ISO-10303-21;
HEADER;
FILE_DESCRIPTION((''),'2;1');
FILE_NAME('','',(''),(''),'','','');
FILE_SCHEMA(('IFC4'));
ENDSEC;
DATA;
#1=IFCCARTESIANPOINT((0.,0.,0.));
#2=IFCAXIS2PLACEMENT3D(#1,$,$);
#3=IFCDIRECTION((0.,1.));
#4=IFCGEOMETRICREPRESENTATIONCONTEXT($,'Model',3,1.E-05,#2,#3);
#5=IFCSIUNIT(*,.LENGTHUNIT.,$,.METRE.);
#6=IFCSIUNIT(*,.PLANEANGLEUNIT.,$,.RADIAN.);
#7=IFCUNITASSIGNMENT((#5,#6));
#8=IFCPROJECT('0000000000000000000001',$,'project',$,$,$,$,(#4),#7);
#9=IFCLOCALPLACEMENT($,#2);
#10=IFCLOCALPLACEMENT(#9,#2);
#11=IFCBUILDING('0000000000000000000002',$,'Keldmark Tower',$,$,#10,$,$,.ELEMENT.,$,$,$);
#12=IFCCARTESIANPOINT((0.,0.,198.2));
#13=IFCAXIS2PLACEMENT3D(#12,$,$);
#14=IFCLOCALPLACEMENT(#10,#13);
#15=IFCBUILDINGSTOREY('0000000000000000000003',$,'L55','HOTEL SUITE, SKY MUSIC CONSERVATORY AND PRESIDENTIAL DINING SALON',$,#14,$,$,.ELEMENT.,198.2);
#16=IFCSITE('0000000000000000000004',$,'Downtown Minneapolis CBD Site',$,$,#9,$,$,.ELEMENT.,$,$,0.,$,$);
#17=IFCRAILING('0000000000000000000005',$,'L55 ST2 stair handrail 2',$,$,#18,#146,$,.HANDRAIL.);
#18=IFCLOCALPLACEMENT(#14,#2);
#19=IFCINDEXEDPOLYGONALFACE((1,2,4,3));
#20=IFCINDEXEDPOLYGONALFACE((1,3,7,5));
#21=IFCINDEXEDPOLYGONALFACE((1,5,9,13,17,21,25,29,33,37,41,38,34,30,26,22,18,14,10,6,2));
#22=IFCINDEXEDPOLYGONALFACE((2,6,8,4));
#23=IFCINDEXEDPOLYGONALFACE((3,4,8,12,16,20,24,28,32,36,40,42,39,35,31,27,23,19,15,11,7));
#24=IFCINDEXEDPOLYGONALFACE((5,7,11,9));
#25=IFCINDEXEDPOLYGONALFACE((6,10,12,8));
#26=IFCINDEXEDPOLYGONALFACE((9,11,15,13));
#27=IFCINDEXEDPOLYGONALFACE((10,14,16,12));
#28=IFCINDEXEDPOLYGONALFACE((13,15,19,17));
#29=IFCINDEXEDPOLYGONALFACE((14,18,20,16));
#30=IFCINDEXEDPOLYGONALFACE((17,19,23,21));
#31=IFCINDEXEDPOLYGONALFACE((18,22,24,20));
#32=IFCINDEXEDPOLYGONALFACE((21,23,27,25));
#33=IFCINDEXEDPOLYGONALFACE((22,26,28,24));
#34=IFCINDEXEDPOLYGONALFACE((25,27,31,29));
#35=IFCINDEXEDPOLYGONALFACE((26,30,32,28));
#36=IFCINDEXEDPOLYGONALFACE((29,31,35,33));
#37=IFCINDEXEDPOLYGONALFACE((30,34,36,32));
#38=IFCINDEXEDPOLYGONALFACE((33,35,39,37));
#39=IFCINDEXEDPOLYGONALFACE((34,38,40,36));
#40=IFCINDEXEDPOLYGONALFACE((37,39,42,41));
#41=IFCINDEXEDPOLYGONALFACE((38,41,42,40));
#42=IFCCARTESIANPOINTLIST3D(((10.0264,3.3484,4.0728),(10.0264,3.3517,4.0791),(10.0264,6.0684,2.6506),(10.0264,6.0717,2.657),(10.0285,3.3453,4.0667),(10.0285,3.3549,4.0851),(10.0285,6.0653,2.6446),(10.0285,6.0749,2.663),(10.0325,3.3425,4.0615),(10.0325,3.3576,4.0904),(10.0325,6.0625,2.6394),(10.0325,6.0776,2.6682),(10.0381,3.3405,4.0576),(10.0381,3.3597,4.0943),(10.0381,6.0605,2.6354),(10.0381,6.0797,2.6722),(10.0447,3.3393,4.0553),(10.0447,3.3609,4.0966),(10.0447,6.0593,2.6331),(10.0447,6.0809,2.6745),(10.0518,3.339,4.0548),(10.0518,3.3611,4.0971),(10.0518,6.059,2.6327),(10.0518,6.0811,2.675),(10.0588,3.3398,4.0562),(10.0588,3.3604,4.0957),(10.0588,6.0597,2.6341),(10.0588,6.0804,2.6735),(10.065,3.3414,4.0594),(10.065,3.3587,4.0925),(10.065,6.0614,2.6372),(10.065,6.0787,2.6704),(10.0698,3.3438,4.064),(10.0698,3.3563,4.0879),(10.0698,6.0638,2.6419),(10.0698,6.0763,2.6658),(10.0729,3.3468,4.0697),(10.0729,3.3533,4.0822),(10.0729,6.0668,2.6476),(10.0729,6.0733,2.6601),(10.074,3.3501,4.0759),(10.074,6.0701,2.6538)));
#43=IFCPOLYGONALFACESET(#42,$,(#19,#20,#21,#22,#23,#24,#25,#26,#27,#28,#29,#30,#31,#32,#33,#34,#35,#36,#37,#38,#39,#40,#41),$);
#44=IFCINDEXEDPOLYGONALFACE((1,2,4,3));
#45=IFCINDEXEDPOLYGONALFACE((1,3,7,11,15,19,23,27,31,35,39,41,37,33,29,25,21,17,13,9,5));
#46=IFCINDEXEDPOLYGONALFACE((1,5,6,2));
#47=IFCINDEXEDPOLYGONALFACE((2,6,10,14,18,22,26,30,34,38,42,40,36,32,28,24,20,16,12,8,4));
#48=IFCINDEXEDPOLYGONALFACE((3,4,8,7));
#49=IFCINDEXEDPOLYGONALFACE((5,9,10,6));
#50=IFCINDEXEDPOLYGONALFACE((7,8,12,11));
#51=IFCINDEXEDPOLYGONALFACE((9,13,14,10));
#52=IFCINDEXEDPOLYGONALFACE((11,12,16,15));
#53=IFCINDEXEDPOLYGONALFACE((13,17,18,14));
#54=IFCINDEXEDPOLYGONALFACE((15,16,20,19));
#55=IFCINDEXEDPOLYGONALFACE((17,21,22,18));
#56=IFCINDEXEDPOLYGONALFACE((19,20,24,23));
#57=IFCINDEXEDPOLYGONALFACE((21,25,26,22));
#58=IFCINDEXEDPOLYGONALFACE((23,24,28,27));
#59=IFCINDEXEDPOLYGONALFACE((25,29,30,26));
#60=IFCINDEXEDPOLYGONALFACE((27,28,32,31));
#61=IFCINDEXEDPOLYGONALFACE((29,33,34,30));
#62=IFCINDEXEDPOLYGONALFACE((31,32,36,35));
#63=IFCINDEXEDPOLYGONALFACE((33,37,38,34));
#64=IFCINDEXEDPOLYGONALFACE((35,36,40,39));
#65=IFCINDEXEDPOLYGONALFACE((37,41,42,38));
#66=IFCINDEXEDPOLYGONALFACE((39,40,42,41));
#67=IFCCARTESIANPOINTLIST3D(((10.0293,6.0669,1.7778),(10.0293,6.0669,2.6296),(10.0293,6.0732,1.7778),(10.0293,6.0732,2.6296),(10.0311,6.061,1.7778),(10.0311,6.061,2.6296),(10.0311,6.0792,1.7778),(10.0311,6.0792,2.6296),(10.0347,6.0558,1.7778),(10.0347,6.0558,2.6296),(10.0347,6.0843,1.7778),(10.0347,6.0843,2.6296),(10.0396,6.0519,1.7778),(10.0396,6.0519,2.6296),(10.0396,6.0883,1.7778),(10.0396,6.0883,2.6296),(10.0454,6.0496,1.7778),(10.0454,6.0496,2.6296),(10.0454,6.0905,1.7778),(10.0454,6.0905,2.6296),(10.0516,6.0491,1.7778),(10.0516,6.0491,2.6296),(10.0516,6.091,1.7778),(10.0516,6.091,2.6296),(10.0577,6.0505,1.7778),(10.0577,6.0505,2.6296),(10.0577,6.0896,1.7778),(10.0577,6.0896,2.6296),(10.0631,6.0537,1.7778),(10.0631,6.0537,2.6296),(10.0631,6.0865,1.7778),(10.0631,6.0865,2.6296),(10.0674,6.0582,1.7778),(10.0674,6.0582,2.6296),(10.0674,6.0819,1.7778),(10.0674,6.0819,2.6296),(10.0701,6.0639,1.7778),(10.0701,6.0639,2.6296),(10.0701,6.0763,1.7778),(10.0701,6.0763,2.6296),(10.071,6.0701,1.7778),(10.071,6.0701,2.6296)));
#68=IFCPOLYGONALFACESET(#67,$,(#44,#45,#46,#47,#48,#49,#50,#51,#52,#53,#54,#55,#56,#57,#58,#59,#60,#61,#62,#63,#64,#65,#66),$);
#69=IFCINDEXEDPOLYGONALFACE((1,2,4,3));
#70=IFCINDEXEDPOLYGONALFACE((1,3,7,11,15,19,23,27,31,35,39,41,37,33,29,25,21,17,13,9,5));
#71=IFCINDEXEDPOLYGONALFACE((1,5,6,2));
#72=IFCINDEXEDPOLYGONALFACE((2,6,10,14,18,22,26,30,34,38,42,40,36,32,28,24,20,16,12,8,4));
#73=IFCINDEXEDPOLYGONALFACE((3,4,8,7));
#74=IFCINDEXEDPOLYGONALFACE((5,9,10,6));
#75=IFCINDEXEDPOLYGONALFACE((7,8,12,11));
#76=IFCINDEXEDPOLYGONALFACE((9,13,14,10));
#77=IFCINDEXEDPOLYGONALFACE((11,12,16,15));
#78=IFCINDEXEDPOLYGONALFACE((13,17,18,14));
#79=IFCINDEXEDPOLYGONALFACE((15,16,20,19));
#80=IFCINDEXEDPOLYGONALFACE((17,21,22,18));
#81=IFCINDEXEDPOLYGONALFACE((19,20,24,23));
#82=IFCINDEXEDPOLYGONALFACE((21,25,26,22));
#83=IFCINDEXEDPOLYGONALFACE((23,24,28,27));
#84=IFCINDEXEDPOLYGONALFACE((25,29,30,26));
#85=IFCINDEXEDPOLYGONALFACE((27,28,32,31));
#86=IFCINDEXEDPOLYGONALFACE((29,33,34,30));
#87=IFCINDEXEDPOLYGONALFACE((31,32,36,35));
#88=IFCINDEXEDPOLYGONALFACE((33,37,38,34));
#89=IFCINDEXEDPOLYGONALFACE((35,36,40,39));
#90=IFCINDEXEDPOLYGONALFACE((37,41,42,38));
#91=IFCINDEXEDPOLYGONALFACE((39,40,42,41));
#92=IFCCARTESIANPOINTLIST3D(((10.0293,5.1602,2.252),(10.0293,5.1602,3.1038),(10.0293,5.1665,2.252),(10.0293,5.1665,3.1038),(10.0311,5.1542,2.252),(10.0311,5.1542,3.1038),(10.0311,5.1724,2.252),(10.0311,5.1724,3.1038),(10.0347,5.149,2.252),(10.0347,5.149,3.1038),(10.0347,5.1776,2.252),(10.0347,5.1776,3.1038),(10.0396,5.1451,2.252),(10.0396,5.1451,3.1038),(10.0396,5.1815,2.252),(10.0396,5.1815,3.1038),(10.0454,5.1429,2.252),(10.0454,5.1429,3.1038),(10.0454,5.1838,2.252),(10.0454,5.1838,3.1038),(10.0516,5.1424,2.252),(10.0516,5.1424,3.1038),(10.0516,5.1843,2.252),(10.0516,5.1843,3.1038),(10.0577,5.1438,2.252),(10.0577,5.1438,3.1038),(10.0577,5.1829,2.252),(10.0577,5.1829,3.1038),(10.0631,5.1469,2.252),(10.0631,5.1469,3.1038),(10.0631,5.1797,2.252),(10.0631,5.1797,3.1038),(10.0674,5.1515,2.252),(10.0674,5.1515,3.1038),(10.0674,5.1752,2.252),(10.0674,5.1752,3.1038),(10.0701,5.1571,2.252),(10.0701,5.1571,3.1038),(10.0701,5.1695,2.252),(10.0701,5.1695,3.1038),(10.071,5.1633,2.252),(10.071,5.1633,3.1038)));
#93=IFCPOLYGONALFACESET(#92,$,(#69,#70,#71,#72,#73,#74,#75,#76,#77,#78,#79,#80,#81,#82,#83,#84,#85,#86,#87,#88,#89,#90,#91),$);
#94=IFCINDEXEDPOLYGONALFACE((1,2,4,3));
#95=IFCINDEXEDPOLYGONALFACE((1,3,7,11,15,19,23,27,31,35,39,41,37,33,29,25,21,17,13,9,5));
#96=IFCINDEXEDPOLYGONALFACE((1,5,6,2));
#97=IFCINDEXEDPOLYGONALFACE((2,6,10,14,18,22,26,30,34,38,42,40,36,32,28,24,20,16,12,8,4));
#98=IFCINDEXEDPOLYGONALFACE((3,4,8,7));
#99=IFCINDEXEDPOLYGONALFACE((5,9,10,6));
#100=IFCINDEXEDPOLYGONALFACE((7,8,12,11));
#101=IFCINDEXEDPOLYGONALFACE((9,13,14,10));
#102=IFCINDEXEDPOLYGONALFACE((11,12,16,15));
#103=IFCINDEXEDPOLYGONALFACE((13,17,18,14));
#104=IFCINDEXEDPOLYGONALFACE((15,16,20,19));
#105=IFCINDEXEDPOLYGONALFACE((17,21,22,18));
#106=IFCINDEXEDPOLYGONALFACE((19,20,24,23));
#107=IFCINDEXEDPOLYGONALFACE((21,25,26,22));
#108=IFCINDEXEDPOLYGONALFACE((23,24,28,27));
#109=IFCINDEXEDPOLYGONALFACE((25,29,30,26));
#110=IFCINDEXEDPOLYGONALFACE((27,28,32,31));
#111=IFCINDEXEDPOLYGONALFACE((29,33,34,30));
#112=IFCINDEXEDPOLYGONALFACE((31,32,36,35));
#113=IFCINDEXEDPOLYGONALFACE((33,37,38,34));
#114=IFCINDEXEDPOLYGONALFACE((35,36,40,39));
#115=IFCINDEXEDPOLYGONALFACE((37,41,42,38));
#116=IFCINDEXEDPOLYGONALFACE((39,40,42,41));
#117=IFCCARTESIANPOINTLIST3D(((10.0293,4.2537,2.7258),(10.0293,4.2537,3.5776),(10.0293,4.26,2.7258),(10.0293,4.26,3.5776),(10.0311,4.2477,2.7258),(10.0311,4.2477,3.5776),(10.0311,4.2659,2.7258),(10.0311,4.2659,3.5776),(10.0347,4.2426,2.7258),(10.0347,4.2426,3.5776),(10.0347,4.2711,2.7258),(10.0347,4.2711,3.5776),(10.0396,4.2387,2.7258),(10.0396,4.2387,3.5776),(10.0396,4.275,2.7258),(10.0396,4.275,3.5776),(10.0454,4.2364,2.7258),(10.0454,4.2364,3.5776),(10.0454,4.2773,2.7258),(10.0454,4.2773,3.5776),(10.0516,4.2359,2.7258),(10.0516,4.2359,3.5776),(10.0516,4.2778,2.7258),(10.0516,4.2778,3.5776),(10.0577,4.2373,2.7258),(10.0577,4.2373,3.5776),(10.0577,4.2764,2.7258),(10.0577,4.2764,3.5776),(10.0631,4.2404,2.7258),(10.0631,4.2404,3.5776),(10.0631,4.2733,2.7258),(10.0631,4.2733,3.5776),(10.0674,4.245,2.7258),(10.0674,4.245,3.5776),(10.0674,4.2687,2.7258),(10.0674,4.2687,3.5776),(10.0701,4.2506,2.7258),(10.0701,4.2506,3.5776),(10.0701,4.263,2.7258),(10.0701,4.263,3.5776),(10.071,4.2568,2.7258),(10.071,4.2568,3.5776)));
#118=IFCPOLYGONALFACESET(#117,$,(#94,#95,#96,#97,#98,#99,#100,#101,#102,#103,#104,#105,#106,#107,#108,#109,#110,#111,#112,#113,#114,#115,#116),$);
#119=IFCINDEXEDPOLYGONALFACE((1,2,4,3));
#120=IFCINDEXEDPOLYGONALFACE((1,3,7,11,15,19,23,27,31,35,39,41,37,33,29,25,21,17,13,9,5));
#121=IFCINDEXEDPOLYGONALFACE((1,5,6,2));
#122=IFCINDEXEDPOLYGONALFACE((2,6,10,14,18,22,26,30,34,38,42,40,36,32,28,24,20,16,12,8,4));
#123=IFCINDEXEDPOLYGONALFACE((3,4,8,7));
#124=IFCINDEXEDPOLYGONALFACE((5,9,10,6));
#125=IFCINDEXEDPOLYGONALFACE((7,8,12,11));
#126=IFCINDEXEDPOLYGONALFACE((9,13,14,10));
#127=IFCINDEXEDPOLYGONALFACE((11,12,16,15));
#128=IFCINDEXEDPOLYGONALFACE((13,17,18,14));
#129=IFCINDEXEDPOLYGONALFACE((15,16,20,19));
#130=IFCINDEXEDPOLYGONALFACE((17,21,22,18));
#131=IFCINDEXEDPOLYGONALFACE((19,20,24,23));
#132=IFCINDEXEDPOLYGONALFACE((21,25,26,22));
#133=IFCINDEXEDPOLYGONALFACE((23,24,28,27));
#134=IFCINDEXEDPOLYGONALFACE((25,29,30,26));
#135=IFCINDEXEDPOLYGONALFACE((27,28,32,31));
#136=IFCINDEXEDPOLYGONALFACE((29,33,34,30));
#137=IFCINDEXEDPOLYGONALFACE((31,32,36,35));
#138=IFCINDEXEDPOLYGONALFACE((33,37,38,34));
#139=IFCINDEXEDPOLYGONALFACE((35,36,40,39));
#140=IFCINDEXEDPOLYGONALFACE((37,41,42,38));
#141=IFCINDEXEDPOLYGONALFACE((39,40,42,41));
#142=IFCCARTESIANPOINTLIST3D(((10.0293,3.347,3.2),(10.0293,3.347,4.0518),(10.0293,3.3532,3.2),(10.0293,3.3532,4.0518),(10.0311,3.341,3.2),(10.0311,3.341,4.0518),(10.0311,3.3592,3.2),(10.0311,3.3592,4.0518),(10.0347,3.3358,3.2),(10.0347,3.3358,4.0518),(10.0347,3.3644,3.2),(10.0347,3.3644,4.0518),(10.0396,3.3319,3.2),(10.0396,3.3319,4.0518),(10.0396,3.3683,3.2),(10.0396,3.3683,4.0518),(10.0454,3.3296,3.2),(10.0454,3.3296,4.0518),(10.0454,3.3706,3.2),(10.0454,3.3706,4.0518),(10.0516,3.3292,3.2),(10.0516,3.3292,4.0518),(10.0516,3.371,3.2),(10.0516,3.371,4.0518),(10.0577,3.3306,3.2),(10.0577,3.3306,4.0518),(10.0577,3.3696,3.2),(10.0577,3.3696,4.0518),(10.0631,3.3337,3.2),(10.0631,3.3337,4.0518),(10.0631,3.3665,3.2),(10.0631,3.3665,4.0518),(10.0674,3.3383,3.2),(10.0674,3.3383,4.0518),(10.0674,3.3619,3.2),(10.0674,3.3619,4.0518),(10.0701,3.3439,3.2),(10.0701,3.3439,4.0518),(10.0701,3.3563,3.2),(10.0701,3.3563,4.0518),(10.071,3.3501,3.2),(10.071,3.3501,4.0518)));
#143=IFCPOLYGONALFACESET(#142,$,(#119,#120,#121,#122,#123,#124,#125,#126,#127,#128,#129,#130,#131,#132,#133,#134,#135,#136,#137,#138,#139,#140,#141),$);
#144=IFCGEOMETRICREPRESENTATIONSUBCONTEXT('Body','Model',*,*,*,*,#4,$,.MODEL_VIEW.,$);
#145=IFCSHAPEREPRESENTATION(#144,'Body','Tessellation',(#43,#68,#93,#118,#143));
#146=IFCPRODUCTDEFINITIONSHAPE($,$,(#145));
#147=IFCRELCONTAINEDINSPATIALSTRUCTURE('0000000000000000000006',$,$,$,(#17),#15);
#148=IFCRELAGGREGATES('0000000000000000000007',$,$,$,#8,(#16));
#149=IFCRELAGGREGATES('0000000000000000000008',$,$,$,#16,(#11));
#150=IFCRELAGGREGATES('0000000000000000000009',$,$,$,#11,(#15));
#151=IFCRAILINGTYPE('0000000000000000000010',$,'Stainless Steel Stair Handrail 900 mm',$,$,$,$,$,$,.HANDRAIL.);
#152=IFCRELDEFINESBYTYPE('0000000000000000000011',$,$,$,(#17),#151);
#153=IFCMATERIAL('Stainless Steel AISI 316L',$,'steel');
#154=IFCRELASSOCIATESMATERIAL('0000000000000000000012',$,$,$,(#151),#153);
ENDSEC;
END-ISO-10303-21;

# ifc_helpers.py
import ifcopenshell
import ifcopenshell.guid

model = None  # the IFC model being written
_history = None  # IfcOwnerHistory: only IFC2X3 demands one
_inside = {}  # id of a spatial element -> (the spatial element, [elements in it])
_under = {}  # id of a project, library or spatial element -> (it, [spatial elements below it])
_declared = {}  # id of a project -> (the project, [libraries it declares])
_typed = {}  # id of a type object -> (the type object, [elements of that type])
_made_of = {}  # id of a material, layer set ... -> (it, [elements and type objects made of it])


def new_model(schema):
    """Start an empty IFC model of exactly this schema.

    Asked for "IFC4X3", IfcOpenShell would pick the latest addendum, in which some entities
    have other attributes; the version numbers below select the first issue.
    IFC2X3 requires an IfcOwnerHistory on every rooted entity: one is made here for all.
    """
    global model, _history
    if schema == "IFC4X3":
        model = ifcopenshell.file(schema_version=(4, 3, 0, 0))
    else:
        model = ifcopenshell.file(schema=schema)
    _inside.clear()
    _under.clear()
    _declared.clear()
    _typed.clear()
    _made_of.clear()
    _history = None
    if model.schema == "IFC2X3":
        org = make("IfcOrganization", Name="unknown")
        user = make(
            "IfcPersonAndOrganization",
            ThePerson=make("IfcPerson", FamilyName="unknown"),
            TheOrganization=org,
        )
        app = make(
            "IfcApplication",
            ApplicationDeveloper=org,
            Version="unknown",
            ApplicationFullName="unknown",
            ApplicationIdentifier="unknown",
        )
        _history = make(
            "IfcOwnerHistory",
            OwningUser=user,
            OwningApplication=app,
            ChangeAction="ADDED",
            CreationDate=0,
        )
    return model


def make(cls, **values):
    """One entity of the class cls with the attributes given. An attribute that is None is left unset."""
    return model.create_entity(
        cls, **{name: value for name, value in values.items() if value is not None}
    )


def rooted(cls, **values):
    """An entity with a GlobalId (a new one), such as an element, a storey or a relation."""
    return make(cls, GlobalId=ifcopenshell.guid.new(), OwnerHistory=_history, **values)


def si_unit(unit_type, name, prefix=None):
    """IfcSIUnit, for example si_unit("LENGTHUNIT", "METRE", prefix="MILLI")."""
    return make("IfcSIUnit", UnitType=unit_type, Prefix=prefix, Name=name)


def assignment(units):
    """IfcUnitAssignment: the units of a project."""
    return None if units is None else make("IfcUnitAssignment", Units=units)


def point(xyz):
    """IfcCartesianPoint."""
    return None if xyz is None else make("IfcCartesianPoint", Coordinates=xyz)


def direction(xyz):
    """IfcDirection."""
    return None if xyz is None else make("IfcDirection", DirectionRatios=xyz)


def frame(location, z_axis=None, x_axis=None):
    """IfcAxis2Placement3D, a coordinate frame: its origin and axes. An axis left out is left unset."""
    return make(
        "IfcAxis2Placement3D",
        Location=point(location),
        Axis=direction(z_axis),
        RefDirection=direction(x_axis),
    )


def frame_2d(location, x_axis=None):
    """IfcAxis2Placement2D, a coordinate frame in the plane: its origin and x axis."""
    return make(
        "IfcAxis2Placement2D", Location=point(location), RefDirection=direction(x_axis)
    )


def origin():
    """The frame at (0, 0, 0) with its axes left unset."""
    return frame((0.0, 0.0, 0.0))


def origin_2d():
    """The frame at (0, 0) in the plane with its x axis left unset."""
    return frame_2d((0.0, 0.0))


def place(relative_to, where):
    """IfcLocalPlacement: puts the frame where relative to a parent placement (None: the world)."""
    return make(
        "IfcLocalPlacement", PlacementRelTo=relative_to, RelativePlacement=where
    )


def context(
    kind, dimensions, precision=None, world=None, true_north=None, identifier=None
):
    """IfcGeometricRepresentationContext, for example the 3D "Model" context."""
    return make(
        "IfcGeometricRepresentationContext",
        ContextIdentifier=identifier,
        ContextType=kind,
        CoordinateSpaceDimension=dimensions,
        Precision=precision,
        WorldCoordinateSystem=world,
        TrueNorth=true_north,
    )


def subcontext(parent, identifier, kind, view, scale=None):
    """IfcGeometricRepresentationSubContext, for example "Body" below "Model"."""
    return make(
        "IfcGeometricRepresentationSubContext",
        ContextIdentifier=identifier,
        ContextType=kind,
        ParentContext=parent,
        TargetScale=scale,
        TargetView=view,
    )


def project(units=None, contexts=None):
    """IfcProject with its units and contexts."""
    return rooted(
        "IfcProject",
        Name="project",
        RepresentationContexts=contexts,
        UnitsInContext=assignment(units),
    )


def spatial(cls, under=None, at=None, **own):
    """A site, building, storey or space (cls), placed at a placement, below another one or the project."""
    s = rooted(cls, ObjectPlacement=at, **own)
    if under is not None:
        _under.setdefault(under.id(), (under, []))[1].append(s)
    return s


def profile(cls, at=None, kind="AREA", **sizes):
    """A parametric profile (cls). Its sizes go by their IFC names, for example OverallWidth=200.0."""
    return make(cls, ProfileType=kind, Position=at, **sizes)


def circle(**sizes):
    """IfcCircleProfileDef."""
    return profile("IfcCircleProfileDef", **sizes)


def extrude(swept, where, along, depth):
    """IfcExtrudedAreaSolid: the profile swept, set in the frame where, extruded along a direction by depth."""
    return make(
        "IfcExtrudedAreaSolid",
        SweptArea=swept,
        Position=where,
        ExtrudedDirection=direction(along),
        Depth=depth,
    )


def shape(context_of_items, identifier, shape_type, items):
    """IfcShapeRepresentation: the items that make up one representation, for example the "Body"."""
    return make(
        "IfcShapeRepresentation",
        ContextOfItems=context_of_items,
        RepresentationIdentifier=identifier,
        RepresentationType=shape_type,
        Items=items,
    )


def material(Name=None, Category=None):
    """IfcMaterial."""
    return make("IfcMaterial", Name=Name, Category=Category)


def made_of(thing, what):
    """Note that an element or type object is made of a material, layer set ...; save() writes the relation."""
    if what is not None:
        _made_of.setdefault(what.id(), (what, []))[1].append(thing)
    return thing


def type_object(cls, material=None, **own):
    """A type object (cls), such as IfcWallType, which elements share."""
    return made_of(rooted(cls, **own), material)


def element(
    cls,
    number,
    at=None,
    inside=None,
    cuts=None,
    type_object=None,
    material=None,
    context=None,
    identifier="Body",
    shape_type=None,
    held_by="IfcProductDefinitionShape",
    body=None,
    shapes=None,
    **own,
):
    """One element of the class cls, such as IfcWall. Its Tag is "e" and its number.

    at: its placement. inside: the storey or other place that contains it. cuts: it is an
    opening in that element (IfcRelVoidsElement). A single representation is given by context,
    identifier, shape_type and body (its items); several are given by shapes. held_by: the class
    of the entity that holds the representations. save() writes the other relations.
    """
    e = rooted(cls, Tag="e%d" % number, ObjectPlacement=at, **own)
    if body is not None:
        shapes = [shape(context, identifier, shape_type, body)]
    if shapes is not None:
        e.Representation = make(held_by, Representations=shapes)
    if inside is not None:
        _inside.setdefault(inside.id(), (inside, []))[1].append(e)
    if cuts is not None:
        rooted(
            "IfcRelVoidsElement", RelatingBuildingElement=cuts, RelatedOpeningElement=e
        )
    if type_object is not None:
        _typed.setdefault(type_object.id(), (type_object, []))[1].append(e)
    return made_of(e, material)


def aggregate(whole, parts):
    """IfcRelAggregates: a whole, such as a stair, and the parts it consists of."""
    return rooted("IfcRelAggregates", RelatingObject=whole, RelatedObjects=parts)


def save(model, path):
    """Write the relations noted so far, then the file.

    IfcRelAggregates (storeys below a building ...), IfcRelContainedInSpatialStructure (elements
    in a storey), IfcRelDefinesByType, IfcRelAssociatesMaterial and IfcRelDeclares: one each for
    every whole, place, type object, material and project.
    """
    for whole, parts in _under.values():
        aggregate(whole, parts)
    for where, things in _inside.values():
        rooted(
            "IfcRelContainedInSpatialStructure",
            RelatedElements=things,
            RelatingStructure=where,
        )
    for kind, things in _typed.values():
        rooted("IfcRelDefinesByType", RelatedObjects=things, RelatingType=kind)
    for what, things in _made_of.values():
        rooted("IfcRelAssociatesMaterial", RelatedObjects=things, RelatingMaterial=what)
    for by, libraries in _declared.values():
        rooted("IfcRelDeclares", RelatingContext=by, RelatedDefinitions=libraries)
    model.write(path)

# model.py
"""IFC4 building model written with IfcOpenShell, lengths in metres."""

from ifc_helpers import new_model, si_unit, direction, frame, origin, origin_2d, place, context, subcontext, project, spatial, circle, extrude, material, type_object, element, save


model = new_model("IFC4")

# Units and contexts
model_context = context("Model", 3, precision=1e-05, world=origin(), true_north=direction((0.0, 1.0)))
body_context = subcontext(model_context, "Body", "Model", "MODEL_VIEW")
ifc_project = project(units=[si_unit("LENGTHUNIT", "METRE"), si_unit("PLANEANGLEUNIT", "RADIAN")], contexts=[model_context])

# Site, building, storey
site_placement = place(None, origin())
site = spatial("IfcSite", under=ifc_project, at=site_placement, Name="Downtown Minneapolis CBD Site", CompositionType="ELEMENT", RefElevation=0.0)
building_placement = place(site_placement, origin())
building = spatial("IfcBuilding", under=site, at=building_placement, Name="Keldmark Tower", CompositionType="ELEMENT")
storey_placement = place(building_placement, frame((0.0, 0.0, 198.2)))
storey = spatial("IfcBuildingStorey", under=building, at=storey_placement, Name="L55", Description="HOTEL SUITE, SKY MUSIC CONSERVATORY AND PRESIDENTIAL DINING SALON", CompositionType="ELEMENT", Elevation=198.2)

# Railing
ifc_material_1 = material(Name="Stainless Steel AISI 316L", Category="steel")
railing_type_1 = type_object("IfcRailingType", Name="Stainless Steel Stair Handrail 900 mm", PredefinedType="HANDRAIL", material=ifc_material_1)
railing_1_placement = place(storey_placement, frame((10.05, 6.0701, 1.7778)))
element("IfcRailing", 1, at=railing_1_placement, inside=storey, type_object=railing_type_1, Name="L55 ST2 stair handrail 2", PredefinedType="HANDRAIL", context=body_context, shape_type="SweptSolid", body=[
    extrude(circle(Radius=0.0239, at=origin_2d()), frame((0.0, 0.0, 0.876), z_axis=(0.0, -0.886183, 0.463335), x_axis=(1.0, 0.0, 0.0)), (0.0, 0.0, 1.0), 3.0693),
    extrude(circle(Radius=0.021, at=origin_2d()), origin(), (0.0, 0.0, 1.0), 0.8518),
    extrude(circle(Radius=0.021, at=origin_2d()), frame((0.0, -0.9067, 0.4741)), (0.0, 0.0, 1.0), 0.8518),
    extrude(circle(Radius=0.021, at=origin_2d()), frame((0.0, -1.8132, 0.948)), (0.0, 0.0, 1.0), 0.8518),
    extrude(circle(Radius=0.021, at=origin_2d()), frame((0.0, -2.72, 1.4221)), (0.0, 0.0, 1.0), 0.8518),
])

save(model, "model.ifc")
